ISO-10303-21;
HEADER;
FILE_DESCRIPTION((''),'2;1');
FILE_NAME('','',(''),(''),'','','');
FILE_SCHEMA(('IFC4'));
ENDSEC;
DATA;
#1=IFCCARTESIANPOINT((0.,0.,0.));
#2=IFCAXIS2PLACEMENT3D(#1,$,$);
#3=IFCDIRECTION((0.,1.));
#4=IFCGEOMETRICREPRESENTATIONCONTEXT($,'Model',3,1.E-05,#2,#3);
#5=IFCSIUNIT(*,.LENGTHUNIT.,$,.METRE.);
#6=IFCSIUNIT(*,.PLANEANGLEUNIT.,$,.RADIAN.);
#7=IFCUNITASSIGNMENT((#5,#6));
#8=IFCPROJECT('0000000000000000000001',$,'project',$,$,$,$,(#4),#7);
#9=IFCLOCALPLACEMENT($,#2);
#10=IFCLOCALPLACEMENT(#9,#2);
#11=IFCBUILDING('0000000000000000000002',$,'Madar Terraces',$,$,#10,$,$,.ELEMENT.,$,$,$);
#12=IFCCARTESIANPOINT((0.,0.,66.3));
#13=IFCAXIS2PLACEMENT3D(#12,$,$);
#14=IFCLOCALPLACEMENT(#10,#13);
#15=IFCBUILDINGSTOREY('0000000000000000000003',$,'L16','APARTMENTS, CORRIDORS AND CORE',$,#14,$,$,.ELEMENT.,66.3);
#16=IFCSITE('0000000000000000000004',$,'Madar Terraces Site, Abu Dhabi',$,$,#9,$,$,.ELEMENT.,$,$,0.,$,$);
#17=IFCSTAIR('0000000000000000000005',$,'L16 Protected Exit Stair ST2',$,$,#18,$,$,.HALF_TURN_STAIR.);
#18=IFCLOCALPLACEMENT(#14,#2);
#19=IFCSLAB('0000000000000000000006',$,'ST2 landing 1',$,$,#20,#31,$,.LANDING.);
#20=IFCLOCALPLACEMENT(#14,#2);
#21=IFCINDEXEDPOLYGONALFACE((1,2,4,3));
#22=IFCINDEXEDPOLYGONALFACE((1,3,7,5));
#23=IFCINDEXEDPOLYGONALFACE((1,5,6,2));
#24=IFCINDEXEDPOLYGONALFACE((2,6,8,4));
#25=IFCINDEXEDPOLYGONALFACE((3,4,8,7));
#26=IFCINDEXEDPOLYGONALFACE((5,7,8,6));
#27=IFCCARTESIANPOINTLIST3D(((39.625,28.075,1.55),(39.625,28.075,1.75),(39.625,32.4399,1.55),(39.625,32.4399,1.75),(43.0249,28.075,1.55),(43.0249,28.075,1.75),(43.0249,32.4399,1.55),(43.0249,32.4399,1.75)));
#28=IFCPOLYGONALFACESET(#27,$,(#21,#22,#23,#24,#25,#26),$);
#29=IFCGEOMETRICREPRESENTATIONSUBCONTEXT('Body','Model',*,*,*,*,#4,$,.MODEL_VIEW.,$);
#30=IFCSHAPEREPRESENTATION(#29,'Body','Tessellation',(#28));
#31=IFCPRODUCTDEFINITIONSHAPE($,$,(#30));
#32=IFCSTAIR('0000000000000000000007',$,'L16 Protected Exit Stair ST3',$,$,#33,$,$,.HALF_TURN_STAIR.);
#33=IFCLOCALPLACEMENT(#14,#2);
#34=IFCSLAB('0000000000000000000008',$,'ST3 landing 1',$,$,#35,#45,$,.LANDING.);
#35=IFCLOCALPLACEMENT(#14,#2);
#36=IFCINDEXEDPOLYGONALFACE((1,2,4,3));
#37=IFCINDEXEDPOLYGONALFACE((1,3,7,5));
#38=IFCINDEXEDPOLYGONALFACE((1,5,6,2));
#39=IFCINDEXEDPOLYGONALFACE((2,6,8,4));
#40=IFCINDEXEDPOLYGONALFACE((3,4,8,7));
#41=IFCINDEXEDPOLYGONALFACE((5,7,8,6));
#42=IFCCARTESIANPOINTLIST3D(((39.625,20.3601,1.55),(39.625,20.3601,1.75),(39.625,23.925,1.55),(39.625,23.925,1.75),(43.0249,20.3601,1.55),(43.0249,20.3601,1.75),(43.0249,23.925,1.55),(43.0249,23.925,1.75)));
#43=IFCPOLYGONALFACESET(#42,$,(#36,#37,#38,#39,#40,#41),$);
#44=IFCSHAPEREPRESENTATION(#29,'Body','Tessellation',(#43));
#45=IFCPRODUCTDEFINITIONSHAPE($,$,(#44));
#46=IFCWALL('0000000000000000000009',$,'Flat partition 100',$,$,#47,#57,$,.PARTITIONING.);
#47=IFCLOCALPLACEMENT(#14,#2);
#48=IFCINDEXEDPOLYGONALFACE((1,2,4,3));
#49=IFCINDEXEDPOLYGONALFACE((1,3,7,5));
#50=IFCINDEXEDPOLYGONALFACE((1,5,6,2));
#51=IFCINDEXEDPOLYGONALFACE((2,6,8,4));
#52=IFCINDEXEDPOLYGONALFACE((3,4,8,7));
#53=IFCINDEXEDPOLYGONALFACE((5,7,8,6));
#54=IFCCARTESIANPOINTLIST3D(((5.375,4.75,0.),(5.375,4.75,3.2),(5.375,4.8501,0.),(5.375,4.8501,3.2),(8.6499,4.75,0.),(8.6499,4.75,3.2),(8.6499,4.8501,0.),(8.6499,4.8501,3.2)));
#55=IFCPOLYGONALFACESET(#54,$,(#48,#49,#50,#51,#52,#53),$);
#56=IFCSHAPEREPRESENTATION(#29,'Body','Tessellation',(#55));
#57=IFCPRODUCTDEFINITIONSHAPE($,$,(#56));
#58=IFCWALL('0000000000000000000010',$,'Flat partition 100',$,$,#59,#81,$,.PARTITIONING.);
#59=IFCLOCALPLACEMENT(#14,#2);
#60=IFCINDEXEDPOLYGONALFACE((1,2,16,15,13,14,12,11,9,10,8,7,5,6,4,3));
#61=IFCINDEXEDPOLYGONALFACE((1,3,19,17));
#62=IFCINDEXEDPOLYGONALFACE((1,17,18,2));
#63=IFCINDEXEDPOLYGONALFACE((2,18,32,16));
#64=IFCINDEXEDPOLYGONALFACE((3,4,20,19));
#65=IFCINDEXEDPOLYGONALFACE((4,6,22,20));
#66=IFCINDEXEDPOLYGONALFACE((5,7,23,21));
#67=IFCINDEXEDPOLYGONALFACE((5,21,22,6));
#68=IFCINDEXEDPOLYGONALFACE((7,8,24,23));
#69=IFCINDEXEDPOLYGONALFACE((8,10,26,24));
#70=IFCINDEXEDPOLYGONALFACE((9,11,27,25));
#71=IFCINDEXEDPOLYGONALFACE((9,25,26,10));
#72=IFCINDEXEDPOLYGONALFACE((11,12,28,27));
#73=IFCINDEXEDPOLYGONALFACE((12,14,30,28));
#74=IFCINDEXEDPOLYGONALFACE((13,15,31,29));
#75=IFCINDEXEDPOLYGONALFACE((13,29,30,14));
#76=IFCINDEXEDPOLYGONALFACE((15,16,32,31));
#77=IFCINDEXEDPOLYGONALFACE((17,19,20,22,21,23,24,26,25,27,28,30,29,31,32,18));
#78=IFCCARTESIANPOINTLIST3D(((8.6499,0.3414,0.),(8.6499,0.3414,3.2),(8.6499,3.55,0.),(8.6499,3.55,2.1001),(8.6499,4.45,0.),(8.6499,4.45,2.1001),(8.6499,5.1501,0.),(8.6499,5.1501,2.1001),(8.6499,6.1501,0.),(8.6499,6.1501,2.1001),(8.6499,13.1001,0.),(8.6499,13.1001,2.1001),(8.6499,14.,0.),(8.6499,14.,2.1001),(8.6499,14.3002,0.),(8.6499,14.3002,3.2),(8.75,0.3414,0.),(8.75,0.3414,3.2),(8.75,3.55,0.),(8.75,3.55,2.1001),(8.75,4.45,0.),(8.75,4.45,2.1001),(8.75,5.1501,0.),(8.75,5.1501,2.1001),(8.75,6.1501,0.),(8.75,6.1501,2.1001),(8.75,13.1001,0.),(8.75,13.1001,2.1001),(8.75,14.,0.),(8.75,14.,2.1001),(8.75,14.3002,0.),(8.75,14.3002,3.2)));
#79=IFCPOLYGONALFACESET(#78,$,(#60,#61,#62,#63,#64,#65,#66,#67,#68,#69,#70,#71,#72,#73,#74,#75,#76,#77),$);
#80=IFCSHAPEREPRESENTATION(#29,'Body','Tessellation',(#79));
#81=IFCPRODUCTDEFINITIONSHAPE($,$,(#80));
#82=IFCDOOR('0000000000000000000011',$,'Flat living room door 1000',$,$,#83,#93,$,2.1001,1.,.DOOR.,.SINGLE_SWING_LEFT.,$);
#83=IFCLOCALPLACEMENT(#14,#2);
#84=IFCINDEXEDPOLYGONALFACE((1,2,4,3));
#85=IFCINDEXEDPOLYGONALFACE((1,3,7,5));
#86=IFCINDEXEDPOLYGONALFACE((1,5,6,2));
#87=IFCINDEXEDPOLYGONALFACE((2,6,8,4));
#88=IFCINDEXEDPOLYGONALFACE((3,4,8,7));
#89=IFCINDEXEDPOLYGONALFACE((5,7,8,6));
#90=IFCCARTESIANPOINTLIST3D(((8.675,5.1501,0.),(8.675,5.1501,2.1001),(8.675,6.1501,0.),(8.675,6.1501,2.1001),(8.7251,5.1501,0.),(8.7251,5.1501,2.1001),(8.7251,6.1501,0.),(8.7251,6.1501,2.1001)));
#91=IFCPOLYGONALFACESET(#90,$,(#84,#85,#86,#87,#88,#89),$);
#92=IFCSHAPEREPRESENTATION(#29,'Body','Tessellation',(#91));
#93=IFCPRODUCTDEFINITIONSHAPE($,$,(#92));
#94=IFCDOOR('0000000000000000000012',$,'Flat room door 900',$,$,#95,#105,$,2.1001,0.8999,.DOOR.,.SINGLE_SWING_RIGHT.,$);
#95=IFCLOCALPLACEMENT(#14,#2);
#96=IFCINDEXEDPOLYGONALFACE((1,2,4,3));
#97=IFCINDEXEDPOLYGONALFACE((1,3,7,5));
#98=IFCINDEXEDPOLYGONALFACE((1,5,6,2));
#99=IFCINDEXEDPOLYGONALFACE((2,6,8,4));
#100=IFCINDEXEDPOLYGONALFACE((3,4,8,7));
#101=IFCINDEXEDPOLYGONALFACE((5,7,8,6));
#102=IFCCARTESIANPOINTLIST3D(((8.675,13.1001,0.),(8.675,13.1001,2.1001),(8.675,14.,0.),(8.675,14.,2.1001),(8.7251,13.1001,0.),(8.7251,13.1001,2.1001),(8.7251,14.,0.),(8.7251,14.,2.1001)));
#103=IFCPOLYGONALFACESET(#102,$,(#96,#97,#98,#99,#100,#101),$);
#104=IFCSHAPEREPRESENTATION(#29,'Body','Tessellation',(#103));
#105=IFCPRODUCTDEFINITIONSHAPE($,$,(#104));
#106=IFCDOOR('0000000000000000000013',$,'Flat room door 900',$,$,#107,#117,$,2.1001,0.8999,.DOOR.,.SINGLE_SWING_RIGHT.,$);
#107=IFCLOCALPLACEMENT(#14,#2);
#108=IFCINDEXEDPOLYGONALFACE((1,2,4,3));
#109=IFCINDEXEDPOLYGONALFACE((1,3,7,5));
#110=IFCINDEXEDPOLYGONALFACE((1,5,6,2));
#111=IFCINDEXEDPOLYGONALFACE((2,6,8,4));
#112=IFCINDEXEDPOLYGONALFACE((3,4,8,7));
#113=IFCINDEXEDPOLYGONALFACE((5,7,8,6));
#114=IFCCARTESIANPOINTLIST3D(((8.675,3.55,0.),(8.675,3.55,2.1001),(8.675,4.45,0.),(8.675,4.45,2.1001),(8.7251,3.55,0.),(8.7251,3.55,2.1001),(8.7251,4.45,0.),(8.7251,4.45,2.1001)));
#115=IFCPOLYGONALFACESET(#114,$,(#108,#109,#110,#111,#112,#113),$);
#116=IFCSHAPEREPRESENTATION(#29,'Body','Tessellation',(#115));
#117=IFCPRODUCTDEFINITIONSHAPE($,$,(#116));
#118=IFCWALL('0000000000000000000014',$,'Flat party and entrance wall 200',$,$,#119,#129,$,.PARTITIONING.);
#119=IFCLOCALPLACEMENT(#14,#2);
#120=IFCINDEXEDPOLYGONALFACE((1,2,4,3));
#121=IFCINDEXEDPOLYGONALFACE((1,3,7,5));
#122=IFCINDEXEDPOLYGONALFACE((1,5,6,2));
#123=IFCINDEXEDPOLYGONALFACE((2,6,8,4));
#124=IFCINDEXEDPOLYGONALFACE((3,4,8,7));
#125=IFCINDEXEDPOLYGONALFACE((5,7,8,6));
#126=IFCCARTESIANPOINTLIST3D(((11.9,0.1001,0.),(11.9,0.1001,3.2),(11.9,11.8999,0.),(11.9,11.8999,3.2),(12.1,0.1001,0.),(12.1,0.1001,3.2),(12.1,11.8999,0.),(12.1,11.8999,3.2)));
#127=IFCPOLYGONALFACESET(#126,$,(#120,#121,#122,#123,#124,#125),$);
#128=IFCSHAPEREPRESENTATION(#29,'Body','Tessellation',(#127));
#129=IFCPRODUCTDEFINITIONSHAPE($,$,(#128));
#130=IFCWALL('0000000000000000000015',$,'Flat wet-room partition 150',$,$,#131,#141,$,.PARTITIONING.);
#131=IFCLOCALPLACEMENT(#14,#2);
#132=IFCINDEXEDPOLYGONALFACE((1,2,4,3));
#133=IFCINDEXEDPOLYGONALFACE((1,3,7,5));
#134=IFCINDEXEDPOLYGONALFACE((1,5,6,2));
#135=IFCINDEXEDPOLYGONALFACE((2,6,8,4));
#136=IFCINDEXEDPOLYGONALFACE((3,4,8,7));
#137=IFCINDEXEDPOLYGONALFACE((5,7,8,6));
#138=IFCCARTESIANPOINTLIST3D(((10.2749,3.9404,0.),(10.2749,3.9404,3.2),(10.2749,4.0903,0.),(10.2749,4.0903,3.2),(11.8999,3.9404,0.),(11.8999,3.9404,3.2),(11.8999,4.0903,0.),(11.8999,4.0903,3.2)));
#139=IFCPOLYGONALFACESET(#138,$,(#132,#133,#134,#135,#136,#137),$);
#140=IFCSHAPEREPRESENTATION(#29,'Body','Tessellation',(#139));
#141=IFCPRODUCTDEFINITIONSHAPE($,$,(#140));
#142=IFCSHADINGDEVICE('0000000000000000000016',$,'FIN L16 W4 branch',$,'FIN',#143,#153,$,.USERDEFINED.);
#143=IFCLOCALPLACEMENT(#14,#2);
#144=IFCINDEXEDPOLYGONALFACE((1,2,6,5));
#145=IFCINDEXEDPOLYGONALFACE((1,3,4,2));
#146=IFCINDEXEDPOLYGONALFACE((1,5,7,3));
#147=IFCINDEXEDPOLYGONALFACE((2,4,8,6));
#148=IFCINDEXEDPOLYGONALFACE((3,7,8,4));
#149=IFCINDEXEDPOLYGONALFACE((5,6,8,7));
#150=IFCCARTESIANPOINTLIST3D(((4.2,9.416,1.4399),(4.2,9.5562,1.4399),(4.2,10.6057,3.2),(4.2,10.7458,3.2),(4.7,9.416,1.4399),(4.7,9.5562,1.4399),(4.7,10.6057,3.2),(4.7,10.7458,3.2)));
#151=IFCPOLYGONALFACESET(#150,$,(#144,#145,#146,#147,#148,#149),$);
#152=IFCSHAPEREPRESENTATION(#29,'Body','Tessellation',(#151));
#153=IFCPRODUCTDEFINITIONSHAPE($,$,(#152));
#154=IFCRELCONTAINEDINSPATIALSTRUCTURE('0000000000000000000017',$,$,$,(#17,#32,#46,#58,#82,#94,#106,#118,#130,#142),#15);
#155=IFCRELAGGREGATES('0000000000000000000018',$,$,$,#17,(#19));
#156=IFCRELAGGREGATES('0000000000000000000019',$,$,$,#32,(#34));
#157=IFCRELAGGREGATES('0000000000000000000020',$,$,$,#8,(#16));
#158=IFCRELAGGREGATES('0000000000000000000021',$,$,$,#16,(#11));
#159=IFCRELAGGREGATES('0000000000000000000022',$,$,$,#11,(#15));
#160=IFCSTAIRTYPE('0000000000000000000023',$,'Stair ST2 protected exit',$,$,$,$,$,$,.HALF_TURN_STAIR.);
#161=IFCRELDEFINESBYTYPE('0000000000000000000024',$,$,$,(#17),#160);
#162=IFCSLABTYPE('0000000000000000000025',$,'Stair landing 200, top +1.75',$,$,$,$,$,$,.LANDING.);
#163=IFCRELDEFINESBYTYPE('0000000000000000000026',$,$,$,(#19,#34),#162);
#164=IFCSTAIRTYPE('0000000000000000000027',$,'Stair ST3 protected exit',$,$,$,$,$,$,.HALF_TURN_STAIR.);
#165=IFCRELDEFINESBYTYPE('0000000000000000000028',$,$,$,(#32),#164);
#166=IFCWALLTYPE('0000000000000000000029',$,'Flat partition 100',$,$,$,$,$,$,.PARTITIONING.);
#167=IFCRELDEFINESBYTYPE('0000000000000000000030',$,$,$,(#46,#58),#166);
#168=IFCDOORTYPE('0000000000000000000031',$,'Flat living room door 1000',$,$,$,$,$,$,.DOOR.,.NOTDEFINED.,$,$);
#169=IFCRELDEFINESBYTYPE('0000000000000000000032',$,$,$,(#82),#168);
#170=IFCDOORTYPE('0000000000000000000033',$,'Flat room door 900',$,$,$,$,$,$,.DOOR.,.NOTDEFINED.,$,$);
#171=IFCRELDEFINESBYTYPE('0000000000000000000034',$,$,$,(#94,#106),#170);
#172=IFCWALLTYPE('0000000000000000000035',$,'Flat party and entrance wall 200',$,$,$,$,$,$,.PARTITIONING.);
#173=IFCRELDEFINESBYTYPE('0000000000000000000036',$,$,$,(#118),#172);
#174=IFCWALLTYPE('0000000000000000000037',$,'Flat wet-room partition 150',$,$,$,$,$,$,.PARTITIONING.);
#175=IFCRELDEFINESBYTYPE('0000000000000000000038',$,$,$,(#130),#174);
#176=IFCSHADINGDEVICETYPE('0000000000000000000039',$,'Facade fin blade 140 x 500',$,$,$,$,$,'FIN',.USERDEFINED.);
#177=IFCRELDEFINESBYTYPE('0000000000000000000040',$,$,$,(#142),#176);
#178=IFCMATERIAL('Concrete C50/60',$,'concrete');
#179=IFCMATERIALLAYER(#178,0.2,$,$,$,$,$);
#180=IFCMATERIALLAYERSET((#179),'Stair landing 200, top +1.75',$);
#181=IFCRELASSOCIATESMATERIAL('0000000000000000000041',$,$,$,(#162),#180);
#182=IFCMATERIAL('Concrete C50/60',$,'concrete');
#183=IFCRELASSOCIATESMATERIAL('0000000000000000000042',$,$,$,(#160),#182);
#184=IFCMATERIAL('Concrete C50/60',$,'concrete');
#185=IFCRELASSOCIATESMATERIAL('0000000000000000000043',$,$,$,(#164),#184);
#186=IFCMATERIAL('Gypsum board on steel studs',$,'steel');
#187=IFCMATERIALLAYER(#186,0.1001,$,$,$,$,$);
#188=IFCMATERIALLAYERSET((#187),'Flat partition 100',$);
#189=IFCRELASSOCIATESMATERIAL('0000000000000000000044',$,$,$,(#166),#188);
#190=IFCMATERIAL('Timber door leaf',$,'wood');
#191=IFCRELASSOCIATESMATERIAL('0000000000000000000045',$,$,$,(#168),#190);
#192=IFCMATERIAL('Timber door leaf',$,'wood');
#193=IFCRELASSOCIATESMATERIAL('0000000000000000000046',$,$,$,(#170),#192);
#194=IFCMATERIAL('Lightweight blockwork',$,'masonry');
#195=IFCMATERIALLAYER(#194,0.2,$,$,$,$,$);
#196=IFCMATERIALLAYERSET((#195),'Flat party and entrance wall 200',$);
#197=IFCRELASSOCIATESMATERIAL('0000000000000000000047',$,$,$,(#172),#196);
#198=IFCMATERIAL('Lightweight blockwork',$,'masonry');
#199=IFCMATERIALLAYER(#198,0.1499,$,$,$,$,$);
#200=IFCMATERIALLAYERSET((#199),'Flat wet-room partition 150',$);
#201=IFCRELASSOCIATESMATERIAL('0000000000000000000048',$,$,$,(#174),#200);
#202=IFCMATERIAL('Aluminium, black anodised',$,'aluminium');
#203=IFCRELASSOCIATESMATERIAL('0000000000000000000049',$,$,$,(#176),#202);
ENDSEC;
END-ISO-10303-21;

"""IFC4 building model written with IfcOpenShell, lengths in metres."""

from ifc_helpers import new_model, si_unit, direction, frame, frame_2d, origin, place, context, subcontext, project, spatial, polyline, rectangle, outline, extrude, material, layer, layer_set, type_object, element, fill, aggregate, save


model = new_model("IFC4")

# Units and contexts
model_context = context("Model", 3, precision=1e-05, world=origin(), true_north=direction((0.0, 1.0)))
body_context = subcontext(model_context, "Body", "Model", "MODEL_VIEW")
ifc_project = project(units=[si_unit("LENGTHUNIT", "METRE"), si_unit("PLANEANGLEUNIT", "RADIAN")], contexts=[model_context])

# Site, building, storey
site_placement = place(None, origin())
site = spatial("IfcSite", under=ifc_project, at=site_placement, Name="Madar Terraces Site, Abu Dhabi", CompositionType="ELEMENT", RefElevation=0.0)
building_placement = place(site_placement, origin())
building = spatial("IfcBuilding", under=site, at=building_placement, Name="Madar Terraces", CompositionType="ELEMENT")
storey_placement = place(building_placement, frame((0.0, 0.0, 66.3)))
storey = spatial("IfcBuildingStorey", under=building, at=storey_placement, Name="L16", Description="APARTMENTS, CORRIDORS AND CORE", CompositionType="ELEMENT", Elevation=66.3)

# Stairs, slabs
ifc_material_1 = material(Name="Concrete C50/60", Category="concrete")
ifc_layer_1 = layer(ifc_material_1, 0.2)
ifc_layer_set_1 = layer_set([ifc_layer_1], Name="Stair landing 200, top +1.75")
slab_type_1 = type_object("IfcSlabType", Name="Stair landing 200, top +1.75", PredefinedType="LANDING", material=ifc_layer_set_1)
ifc_material_2 = material(Name="Concrete C50/60", Category="concrete")
stair_type_1 = type_object("IfcStairType", Name="Stair ST2 protected exit", PredefinedType="HALF_TURN_STAIR", material=ifc_material_2)
stair_1_placement = place(storey_placement, origin())
stair_1 = element("IfcStair", 1, at=stair_1_placement, inside=storey, type_object=stair_type_1, Name="L16 Protected Exit Stair ST2", PredefinedType="HALF_TURN_STAIR")
slab_1_placement = place(storey_placement, frame((0.0, 0.0, 1.55)))
slab_1 = element("IfcSlab", 2, at=slab_1_placement, type_object=slab_type_1, Name="ST2 landing 1", PredefinedType="LANDING", context=body_context, shape_type="SweptSolid", body=[
    extrude(outline(polyline([(39.625, 28.075), (43.0249, 28.075), (43.0249, 32.4399), (39.625, 32.4399), (39.625, 28.075)])), origin(), (0.0, 0.0, 1.0), 0.2),
])
aggregate(stair_1, [slab_1])
ifc_material_3 = material(Name="Concrete C50/60", Category="concrete")
stair_type_2 = type_object("IfcStairType", Name="Stair ST3 protected exit", PredefinedType="HALF_TURN_STAIR", material=ifc_material_3)
stair_2_placement = place(storey_placement, origin())
stair_2 = element("IfcStair", 3, at=stair_2_placement, inside=storey, type_object=stair_type_2, Name="L16 Protected Exit Stair ST3", PredefinedType="HALF_TURN_STAIR")
slab_2_placement = place(storey_placement, frame((0.0, 0.0, 1.55)))
slab_2 = element("IfcSlab", 4, at=slab_2_placement, type_object=slab_type_1, Name="ST3 landing 1", PredefinedType="LANDING", context=body_context, shape_type="SweptSolid", body=[
    extrude(outline(polyline([(39.625, 20.3601), (43.0249, 20.3601), (43.0249, 23.925), (39.625, 23.925), (39.625, 20.3601)])), origin(), (0.0, 0.0, 1.0), 0.2),
])
aggregate(stair_2, [slab_2])

# Wall
ifc_material_4 = material(Name="Gypsum board on steel studs", Category="steel")
ifc_layer_2 = layer(ifc_material_4, 0.1001)
ifc_layer_set_2 = layer_set([ifc_layer_2], Name="Flat partition 100")
wall_type_1 = type_object("IfcWallType", Name="Flat partition 100", PredefinedType="PARTITIONING", material=ifc_layer_set_2)
wall_1_placement = place(storey_placement, frame((8.6499, 4.8, 0.0), z_axis=(0.0, 0.0, 1.0), x_axis=(-1.0, 0.0, 0.0)))
element("IfcWall", 5, at=wall_1_placement, inside=storey, type_object=wall_type_1, Name="Flat partition 100", PredefinedType="PARTITIONING", context=body_context, shape_type="SweptSolid", body=[
    extrude(rectangle(XDim=3.2749, YDim=0.1001, at=frame_2d((1.6375, 0.0))), origin(), (0.0, 0.0, 1.0), 3.2),
])

# Wall, openings, doors
wall_2_placement = place(storey_placement, frame((8.7, 0.3413, 0.0), z_axis=(0.0, 0.0, 1.0), x_axis=(0.0, 1.0, 0.0)))
wall_2 = element("IfcWall", 6, at=wall_2_placement, inside=storey, type_object=wall_type_1, Name="Flat partition 100", PredefinedType="PARTITIONING", context=body_context, shape_type="SweptSolid", body=[
    extrude(rectangle(XDim=13.9587, YDim=0.1001, at=frame_2d((6.9795, 0.0))), origin(), (0.0, 0.0, 1.0), 3.2),
])
opening_1_placement = place(wall_2_placement, frame((12.7588, 0.0, 0.0)))
opening_1 = element("IfcOpeningElement", 7, at=opening_1_placement, cuts=wall_2, PredefinedType="OPENING", context=body_context, shape_type="SweptSolid", body=[
    extrude(rectangle(XDim=0.8999, YDim=2.1001, at=frame_2d((0.45, 1.05))), frame((0.0, 0.0601, 0.0), z_axis=(0.0, -1.0, 0.0), x_axis=(1.0, 0.0, 0.0)), (0.0, 0.0, 1.0), 0.1201),
])
opening_2_placement = place(wall_2_placement, frame((4.8088, 0.0, 0.0)))
opening_2 = element("IfcOpeningElement", 8, at=opening_2_placement, cuts=wall_2, PredefinedType="OPENING", context=body_context, shape_type="SweptSolid", body=[
    extrude(rectangle(XDim=1.0, YDim=2.1001, at=frame_2d((0.5, 1.05))), frame((0.0, 0.0601, 0.0), z_axis=(0.0, -1.0, 0.0), x_axis=(1.0, 0.0, 0.0)), (0.0, 0.0, 1.0), 0.1201),
])
opening_3_placement = place(wall_2_placement, frame((3.2087, 0.0, 0.0)))
opening_3 = element("IfcOpeningElement", 9, at=opening_3_placement, cuts=wall_2, PredefinedType="OPENING", context=body_context, shape_type="SweptSolid", body=[
    extrude(rectangle(XDim=0.8999, YDim=2.1001, at=frame_2d((0.45, 1.05))), frame((0.0, 0.0601, 0.0), z_axis=(0.0, -1.0, 0.0), x_axis=(1.0, 0.0, 0.0)), (0.0, 0.0, 1.0), 0.1201),
])
ifc_material_5 = material(Name="Timber door leaf", Category="wood")
door_type_1 = type_object("IfcDoorType", Name="Flat living room door 1000", OperationType="NOTDEFINED", PredefinedType="DOOR", material=ifc_material_5)
door_1_placement = place(opening_2_placement, origin())
door_1 = element("IfcDoor", 10, at=door_1_placement, inside=storey, type_object=door_type_1, Name="Flat living room door 1000", OperationType="SINGLE_SWING_LEFT", OverallHeight=2.1001, OverallWidth=1.0, PredefinedType="DOOR", context=body_context, shape_type="SweptSolid", body=[
    extrude(rectangle(XDim=1.0, YDim=2.1001, at=frame_2d((0.5, 1.05))), frame((0.0, 0.0249, 0.0), z_axis=(0.0, -1.0, 0.0), x_axis=(1.0, 0.0, 0.0)), (0.0, 0.0, 1.0), 0.05),
])
fill(opening_2, door_1)
ifc_material_6 = material(Name="Timber door leaf", Category="wood")
door_type_2 = type_object("IfcDoorType", Name="Flat room door 900", OperationType="NOTDEFINED", PredefinedType="DOOR", material=ifc_material_6)
door_2_placement = place(opening_1_placement, origin())
door_2 = element("IfcDoor", 11, at=door_2_placement, inside=storey, type_object=door_type_2, Name="Flat room door 900", OperationType="SINGLE_SWING_RIGHT", OverallHeight=2.1001, OverallWidth=0.8999, PredefinedType="DOOR", context=body_context, shape_type="SweptSolid", body=[
    extrude(rectangle(XDim=0.8999, YDim=2.1001, at=frame_2d((0.45, 1.05))), frame((0.0, 0.0249, 0.0), z_axis=(0.0, -1.0, 0.0), x_axis=(1.0, 0.0, 0.0)), (0.0, 0.0, 1.0), 0.05),
])
fill(opening_1, door_2)
door_3_placement = place(opening_3_placement, origin())
door_3 = element("IfcDoor", 12, at=door_3_placement, inside=storey, type_object=door_type_2, Name="Flat room door 900", OperationType="SINGLE_SWING_RIGHT", OverallHeight=2.1001, OverallWidth=0.8999, PredefinedType="DOOR", context=body_context, shape_type="SweptSolid", body=[
    extrude(rectangle(XDim=0.8999, YDim=2.1001, at=frame_2d((0.45, 1.05))), frame((0.0, 0.0249, 0.0), z_axis=(0.0, -1.0, 0.0), x_axis=(1.0, 0.0, 0.0)), (0.0, 0.0, 1.0), 0.05),
])
fill(opening_3, door_3)

# Walls
ifc_material_7 = material(Name="Lightweight blockwork", Category="masonry")
ifc_layer_3 = layer(ifc_material_7, 0.2)
ifc_layer_set_3 = layer_set([ifc_layer_3], Name="Flat party and entrance wall 200")
wall_type_2 = type_object("IfcWallType", Name="Flat party and entrance wall 200", PredefinedType="PARTITIONING", material=ifc_layer_set_3)
wall_3_placement = place(storey_placement, frame((12.0, 0.1001, 0.0), z_axis=(0.0, 0.0, 1.0), x_axis=(0.0, 1.0, 0.0)))
element("IfcWall", 13, at=wall_3_placement, inside=storey, type_object=wall_type_2, Name="Flat party and entrance wall 200", PredefinedType="PARTITIONING", context=body_context, shape_type="SweptSolid", body=[
    extrude(rectangle(XDim=11.7998, YDim=0.2, at=frame_2d((5.8999, 0.0))), origin(), (0.0, 0.0, 1.0), 3.2),
])
ifc_material_8 = material(Name="Lightweight blockwork", Category="masonry")
ifc_layer_4 = layer(ifc_material_8, 0.1499)
ifc_layer_set_4 = layer_set([ifc_layer_4], Name="Flat wet-room partition 150")
wall_type_3 = type_object("IfcWallType", Name="Flat wet-room partition 150", PredefinedType="PARTITIONING", material=ifc_layer_set_4)
wall_4_placement = place(storey_placement, frame((11.8999, 4.0154, 0.0), z_axis=(0.0, 0.0, 1.0), x_axis=(-1.0, 0.0, 0.0)))
element("IfcWall", 14, at=wall_4_placement, inside=storey, type_object=wall_type_3, Name="Flat wet-room partition 150", PredefinedType="PARTITIONING", context=body_context, shape_type="SweptSolid", body=[
    extrude(rectangle(XDim=1.625, YDim=0.1499, at=frame_2d((0.8125, 0.0))), origin(), (0.0, 0.0, 1.0), 3.2),
])

# Shading device
ifc_material_9 = material(Name="Aluminium, black anodised", Category="aluminium")
shading_device_type = type_object("IfcShadingDeviceType", Name="Facade fin blade 140 x 500", ElementType="FIN", PredefinedType="USERDEFINED", material=ifc_material_9)
shading_device_placement = place(storey_placement, frame((4.45, 9.5562, 1.4399), z_axis=(0.0, 0.0, 1.0), x_axis=(0.0, -1.0, 0.0)))
element("IfcShadingDevice", 15, at=shading_device_placement, inside=storey, type_object=shading_device_type, Name="FIN L16 W4 branch", ObjectType="FIN", PredefinedType="USERDEFINED", context=body_context, shape_type="SweptSolid", body=[
    extrude(outline(polyline([(0.0, 0.0), (0.1401, 0.0), (-1.0496, 1.76), (-1.1897, 1.76), (0.0, 0.0)])), frame((0.0, 0.25, 0.0), z_axis=(0.0, -1.0, 0.0), x_axis=(1.0, 0.0, 0.0)), (0.0, 0.0, 1.0), 0.5),
])

save(model, "model.ifc")
